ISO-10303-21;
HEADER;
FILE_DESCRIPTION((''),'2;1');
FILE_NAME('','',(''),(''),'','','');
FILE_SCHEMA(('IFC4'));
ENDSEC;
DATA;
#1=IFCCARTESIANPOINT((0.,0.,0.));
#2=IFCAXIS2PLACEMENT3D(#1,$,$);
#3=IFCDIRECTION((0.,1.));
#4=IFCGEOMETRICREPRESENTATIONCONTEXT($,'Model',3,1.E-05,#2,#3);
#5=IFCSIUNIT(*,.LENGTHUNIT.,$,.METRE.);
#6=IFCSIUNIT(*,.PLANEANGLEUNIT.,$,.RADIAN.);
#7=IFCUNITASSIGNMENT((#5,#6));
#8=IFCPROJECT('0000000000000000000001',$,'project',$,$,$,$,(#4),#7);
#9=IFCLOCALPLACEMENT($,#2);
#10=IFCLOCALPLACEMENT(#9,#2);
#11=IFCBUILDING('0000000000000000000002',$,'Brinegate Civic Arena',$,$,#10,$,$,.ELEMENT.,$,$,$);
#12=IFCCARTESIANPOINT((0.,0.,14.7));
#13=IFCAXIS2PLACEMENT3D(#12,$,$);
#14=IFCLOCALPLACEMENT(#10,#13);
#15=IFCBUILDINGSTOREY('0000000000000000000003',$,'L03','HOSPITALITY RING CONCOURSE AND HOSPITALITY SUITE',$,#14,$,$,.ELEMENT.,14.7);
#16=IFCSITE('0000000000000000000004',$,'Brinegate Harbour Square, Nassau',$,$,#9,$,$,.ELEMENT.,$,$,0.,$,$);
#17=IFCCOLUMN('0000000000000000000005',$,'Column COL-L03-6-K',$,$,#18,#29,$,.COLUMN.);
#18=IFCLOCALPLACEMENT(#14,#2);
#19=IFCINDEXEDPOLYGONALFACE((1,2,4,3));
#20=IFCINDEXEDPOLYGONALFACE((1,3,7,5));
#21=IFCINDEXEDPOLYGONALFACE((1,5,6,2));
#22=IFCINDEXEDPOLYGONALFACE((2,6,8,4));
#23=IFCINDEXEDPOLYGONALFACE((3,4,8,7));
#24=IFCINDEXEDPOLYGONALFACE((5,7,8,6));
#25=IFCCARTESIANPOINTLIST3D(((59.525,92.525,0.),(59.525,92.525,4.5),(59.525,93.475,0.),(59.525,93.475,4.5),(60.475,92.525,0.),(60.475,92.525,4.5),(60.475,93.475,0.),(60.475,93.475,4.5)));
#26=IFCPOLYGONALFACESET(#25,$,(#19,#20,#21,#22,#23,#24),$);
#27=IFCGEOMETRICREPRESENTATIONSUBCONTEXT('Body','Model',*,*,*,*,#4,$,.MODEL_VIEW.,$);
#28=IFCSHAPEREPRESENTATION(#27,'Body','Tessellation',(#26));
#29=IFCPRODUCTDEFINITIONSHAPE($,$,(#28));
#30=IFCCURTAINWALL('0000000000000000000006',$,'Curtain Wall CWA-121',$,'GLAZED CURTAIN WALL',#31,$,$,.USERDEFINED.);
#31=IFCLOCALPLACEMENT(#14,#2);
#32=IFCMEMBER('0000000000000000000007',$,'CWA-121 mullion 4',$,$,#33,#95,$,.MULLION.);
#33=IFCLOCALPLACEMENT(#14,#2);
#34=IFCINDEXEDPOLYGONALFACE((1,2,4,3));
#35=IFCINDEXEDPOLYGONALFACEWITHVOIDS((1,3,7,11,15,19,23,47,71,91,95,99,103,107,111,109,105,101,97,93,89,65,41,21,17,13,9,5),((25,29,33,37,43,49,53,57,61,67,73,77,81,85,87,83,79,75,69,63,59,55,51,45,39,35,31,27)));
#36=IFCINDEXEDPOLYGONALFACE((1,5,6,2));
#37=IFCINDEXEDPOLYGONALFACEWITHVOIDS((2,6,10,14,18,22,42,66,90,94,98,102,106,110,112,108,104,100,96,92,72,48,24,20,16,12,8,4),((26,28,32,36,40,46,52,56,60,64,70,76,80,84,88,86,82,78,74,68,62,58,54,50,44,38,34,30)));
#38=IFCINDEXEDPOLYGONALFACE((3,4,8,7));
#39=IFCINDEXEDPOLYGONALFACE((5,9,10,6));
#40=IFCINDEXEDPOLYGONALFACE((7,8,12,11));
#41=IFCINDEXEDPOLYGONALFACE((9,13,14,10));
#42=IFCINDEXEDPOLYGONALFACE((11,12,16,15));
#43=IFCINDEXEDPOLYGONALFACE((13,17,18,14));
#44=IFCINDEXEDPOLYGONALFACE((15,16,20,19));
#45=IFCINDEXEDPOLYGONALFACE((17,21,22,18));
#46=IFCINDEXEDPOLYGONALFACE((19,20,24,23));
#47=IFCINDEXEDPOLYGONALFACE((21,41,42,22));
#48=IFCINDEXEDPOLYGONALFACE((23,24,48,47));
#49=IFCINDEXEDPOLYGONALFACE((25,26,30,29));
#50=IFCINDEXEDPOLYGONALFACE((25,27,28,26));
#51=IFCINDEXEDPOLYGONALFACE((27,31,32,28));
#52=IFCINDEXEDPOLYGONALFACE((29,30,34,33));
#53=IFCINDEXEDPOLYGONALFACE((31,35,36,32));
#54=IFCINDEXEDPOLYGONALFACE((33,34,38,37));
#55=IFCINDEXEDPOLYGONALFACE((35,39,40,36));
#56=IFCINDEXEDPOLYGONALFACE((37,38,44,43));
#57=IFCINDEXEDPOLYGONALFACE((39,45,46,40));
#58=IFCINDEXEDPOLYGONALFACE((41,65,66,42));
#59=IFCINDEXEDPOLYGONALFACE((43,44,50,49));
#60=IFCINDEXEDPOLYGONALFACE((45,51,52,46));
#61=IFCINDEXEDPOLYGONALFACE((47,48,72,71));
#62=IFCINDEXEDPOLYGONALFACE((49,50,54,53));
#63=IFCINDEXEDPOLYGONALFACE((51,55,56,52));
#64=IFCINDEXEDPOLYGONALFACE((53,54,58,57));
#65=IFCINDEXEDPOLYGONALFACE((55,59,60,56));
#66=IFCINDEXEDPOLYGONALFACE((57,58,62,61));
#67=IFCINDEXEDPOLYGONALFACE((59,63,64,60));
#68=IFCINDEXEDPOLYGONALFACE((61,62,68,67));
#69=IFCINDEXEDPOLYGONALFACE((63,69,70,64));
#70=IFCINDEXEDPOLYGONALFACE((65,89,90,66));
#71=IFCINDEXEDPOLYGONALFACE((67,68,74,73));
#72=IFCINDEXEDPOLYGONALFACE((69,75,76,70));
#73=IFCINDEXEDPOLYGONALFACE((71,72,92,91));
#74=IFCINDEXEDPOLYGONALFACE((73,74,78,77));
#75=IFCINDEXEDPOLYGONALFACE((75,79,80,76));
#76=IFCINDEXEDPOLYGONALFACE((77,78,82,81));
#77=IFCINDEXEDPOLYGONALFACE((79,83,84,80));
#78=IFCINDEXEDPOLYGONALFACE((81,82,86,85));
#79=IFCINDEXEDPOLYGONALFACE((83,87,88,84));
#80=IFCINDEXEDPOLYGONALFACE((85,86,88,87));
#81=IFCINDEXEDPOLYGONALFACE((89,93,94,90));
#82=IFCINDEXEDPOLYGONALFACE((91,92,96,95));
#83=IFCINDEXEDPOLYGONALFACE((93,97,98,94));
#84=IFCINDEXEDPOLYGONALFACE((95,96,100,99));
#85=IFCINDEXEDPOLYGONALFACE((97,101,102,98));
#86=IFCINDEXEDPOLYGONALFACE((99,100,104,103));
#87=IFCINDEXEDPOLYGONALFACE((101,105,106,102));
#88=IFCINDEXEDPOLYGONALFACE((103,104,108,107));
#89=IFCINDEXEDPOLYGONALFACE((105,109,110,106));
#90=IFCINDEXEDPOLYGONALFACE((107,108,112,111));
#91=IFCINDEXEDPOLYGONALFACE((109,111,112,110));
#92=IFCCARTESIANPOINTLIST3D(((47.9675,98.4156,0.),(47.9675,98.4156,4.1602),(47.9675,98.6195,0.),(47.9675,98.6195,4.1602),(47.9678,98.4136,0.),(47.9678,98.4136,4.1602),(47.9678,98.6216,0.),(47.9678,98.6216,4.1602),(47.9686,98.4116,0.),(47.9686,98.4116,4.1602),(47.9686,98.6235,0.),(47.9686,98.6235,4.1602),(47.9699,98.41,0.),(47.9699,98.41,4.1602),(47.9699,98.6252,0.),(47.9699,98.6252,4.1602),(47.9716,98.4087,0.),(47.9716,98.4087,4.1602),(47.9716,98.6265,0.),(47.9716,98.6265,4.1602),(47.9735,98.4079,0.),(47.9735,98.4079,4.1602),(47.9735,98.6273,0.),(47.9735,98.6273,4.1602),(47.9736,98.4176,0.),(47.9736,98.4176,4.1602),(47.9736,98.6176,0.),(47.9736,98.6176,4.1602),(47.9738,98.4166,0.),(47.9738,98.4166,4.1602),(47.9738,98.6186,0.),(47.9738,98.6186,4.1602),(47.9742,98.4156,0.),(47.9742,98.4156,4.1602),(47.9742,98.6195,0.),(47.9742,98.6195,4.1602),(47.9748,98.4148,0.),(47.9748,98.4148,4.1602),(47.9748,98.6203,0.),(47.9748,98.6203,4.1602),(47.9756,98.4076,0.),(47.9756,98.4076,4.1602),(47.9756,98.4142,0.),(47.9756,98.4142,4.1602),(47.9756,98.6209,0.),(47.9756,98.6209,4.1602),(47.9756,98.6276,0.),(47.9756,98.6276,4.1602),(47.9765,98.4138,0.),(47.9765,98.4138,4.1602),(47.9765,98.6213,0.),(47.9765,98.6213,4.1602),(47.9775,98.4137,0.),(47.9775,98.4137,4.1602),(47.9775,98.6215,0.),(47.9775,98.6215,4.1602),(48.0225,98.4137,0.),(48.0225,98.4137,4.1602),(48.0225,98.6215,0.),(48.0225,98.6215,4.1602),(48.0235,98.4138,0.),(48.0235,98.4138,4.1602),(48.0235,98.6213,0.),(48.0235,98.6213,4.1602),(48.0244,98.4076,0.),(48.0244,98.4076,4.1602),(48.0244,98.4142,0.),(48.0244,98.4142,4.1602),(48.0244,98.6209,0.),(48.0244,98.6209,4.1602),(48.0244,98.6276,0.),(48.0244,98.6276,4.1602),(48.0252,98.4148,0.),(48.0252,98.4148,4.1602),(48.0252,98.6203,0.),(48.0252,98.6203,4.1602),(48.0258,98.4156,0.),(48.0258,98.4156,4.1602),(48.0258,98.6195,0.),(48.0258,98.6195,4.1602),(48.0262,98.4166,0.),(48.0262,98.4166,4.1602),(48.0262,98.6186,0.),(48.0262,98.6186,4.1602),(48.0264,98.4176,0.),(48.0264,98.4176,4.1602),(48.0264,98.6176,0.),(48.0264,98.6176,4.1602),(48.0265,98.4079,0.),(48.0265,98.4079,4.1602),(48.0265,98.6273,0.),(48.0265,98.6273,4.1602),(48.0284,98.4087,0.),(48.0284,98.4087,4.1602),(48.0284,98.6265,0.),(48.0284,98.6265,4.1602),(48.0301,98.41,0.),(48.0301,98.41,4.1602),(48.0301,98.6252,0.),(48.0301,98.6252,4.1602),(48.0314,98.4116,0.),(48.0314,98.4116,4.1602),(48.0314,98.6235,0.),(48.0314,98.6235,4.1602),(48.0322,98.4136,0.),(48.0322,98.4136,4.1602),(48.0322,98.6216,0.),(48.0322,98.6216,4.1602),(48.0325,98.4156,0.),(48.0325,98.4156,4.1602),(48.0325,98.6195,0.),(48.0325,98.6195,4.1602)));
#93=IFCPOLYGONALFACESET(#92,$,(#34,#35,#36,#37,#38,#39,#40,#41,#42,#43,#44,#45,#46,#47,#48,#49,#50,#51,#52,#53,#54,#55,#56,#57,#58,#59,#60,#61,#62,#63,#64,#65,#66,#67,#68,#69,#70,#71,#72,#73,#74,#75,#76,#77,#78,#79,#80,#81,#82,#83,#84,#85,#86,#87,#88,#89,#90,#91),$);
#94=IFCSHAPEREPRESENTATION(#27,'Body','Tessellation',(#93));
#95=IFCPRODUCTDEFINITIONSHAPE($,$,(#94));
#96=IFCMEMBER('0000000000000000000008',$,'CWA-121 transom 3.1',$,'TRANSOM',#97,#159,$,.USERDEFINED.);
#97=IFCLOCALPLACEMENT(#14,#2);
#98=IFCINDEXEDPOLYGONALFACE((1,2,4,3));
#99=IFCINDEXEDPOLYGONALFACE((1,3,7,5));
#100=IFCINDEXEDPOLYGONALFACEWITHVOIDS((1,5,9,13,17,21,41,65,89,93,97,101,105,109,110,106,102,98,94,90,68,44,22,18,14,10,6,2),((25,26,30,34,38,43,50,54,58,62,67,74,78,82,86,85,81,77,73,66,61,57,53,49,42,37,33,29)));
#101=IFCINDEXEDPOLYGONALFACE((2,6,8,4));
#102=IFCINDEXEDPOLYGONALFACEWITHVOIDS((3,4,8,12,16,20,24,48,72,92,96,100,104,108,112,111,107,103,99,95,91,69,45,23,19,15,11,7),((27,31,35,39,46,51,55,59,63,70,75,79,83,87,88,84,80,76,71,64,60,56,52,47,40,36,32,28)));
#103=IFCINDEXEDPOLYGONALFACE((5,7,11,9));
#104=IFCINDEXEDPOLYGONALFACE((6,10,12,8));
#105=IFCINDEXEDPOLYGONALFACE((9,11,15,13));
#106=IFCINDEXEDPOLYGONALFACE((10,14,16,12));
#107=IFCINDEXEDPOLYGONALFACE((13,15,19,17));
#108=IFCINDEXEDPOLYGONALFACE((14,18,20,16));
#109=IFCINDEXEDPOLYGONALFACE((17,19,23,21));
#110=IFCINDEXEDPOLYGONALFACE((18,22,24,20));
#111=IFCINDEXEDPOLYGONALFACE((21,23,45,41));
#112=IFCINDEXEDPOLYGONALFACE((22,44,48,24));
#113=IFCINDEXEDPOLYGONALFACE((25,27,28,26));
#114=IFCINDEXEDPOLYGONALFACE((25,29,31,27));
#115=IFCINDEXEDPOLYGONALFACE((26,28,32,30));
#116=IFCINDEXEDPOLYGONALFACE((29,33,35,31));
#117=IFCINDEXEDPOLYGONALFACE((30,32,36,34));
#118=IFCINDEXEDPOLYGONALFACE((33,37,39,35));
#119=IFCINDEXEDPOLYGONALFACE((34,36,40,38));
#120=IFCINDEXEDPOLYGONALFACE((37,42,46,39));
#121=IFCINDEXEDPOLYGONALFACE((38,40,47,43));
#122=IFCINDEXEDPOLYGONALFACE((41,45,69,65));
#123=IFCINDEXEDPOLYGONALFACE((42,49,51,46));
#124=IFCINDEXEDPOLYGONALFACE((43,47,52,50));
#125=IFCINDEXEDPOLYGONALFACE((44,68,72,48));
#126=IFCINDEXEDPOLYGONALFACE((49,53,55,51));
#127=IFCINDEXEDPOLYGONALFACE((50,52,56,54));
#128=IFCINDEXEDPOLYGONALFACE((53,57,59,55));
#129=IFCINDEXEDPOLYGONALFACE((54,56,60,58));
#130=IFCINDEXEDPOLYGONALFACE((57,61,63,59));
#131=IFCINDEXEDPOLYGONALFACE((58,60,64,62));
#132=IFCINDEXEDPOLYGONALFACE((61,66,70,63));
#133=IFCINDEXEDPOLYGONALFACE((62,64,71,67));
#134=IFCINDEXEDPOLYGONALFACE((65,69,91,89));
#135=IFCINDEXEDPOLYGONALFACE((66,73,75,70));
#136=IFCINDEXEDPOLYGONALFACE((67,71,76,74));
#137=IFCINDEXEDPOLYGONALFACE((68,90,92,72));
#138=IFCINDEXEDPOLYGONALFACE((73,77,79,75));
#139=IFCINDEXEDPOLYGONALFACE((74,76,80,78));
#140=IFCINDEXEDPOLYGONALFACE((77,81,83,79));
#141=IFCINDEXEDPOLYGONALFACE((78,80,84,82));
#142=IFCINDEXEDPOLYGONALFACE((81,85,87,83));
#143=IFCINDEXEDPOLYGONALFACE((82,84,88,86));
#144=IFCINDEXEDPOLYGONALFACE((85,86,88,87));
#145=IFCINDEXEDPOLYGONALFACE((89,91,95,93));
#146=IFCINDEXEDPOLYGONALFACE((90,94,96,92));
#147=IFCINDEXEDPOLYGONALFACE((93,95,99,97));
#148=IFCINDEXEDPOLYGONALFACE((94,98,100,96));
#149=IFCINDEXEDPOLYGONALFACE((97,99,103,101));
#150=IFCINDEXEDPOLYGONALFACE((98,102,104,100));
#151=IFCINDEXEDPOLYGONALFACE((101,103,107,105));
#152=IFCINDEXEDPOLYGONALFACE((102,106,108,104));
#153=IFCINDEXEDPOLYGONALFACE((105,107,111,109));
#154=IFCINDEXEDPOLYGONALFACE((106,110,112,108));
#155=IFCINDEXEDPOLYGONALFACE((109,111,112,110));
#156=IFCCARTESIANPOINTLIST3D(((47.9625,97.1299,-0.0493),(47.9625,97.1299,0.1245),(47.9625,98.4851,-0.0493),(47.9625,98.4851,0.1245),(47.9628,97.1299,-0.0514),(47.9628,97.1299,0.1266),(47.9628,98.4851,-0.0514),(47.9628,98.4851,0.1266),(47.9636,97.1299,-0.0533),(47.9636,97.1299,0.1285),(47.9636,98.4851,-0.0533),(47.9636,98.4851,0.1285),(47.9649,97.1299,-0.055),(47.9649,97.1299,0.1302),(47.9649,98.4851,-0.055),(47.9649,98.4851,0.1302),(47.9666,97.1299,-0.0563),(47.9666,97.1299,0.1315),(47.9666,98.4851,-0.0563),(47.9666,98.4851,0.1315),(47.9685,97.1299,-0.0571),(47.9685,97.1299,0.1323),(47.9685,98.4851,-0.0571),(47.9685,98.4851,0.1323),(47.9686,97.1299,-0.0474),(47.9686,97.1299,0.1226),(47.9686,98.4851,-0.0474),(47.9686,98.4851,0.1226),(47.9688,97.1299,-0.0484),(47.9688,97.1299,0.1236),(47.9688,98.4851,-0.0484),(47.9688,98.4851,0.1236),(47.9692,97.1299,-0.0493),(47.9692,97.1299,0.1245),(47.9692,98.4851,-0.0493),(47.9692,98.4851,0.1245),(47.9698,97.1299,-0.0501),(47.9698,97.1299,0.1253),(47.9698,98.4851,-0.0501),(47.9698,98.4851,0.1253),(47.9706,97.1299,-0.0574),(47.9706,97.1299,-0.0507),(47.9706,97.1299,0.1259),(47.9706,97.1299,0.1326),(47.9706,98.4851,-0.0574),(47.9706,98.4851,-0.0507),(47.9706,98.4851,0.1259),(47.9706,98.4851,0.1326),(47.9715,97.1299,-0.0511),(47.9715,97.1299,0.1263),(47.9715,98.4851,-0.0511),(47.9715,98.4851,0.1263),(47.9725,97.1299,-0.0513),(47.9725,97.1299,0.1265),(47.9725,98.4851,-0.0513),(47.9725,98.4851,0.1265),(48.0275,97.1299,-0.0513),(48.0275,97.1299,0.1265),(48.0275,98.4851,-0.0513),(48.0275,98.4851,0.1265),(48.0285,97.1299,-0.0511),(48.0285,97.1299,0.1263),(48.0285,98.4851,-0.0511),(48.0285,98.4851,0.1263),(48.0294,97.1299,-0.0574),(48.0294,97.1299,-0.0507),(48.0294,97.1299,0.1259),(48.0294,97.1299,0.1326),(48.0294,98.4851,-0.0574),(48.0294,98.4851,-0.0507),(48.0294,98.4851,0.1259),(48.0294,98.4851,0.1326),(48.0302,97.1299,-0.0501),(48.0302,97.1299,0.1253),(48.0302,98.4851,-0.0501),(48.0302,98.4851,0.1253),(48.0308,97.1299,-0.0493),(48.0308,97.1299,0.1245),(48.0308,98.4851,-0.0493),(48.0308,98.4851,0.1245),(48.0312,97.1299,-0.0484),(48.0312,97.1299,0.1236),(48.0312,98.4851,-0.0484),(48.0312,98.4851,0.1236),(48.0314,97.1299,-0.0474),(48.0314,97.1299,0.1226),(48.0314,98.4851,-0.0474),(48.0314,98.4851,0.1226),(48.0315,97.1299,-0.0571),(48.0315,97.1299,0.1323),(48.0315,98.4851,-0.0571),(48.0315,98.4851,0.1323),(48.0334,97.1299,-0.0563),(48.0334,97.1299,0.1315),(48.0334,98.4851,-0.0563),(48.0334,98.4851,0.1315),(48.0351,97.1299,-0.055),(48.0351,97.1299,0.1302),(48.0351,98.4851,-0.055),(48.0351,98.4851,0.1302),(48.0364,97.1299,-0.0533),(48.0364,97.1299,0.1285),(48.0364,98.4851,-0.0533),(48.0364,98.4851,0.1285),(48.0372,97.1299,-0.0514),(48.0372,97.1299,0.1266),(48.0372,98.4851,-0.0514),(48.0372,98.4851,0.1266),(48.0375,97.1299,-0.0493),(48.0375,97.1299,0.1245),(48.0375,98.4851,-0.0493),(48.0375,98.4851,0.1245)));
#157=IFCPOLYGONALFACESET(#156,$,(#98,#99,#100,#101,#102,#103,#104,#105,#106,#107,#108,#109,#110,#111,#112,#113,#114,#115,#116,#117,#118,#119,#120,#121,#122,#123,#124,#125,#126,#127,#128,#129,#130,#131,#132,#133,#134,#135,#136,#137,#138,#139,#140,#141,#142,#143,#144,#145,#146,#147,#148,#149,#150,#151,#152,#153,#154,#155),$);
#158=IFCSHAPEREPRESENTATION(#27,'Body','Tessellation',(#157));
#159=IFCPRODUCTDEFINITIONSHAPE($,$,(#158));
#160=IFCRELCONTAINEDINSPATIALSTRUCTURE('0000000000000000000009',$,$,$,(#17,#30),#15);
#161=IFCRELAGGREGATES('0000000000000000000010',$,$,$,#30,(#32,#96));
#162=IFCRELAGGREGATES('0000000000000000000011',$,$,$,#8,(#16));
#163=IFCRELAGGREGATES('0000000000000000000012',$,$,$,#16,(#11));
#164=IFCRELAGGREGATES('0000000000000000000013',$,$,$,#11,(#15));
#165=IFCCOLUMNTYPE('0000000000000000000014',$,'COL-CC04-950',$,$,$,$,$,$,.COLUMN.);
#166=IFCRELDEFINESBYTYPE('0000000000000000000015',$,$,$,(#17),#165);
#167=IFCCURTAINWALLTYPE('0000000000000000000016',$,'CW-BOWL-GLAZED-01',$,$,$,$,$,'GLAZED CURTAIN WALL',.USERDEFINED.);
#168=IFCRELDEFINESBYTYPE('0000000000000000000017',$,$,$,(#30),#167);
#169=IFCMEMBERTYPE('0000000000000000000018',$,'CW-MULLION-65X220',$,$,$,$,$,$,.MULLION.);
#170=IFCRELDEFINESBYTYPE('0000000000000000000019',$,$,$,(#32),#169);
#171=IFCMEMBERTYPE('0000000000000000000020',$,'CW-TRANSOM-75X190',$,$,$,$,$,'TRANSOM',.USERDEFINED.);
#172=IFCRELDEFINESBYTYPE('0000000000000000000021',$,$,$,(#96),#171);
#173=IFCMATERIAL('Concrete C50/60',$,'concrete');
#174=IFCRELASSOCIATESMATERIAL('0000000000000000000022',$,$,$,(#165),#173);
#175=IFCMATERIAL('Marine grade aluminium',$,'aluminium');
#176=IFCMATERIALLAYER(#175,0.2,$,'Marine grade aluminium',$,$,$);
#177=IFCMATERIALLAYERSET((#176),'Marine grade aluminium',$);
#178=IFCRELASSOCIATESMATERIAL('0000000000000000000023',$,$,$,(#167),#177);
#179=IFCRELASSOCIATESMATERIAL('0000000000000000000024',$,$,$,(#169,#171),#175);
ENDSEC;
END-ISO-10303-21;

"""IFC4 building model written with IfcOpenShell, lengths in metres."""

from ifc_helpers import new_model, si_unit, direction, frame, origin, origin_2d, place, context, subcontext, project, spatial, rectangle, hollow_rectangle, extrude, material, layer, layer_set, material_profile, profile_set, type_object, element, aggregate, save


model = new_model("IFC4")

# Units and contexts
model_context = context("Model", 3, precision=1e-05, world=origin(), true_north=direction((0.0, 1.0)))
body_context = subcontext(model_context, "Body", "Model", "MODEL_VIEW")
ifc_project = project(units=[si_unit("LENGTHUNIT", "METRE"), si_unit("PLANEANGLEUNIT", "RADIAN")], contexts=[model_context])

# Site, building, storey
site_placement = place(None, origin())
site = spatial("IfcSite", under=ifc_project, at=site_placement, Name="Brinegate Harbour Square, Nassau", CompositionType="ELEMENT", RefElevation=0.0)
building_placement = place(site_placement, origin())
building = spatial("IfcBuilding", under=site, at=building_placement, Name="Brinegate Civic Arena", CompositionType="ELEMENT")
storey_placement = place(building_placement, frame((0.0, 0.0, 14.7)))
storey = spatial("IfcBuildingStorey", under=building, at=storey_placement, Name="L03", Description="HOSPITALITY RING CONCOURSE AND HOSPITALITY SUITE", CompositionType="ELEMENT", Elevation=14.7)

# Column
ifc_material_1 = material(Name="Concrete C50/60", Category="concrete")
ifc_material_profile_1 = material_profile(ifc_material_1, rectangle(XDim=0.95, YDim=0.95, at=origin_2d()), Name="RC950X950")
ifc_profile_set_1 = profile_set([ifc_material_profile_1], Name="Concrete C50/60")
column_type = type_object("IfcColumnType", Name="COL-CC04-950", PredefinedType="COLUMN", material=ifc_profile_set_1)
column_placement = place(storey_placement, frame((60.0, 93.0, 0.0), z_axis=(0.0, 0.0, 1.0), x_axis=(1.0, 0.0, 0.0)))
element("IfcColumn", 1, at=column_placement, inside=storey, type_object=column_type, Name="Column COL-L03-6-K", PredefinedType="COLUMN", context=body_context, shape_type="SweptSolid", body=[
    extrude(rectangle(XDim=0.95, YDim=0.95, at=origin_2d()), origin(), (0.0, 0.0, 1.0), 4.5),
])

# Curtain wall, members
ifc_material_2 = material(Name="Marine grade aluminium", Category="aluminium")
ifc_layer_1 = layer(ifc_material_2, 0.2, Name="Marine grade aluminium")
ifc_layer_set_1 = layer_set([ifc_layer_1], Name="Marine grade aluminium")
curtain_wall_type = type_object("IfcCurtainWallType", Name="CW-BOWL-GLAZED-01", ElementType="GLAZED CURTAIN WALL", PredefinedType="USERDEFINED", material=ifc_layer_set_1)
curtain_wall_placement = place(storey_placement, origin())
curtain_wall = element("IfcCurtainWall", 2, at=curtain_wall_placement, inside=storey, type_object=curtain_wall_type, Name="Curtain Wall CWA-121", ObjectType="GLAZED CURTAIN WALL", PredefinedType="USERDEFINED")
ifc_material_profile_2 = material_profile(ifc_material_2, hollow_rectangle(XDim=0.0649, YDim=0.22, WallThickness=0.0061, InnerFilletRadius=0.0039, OuterFilletRadius=0.0081, at=origin_2d()), Name="MUL65X220")
ifc_profile_set_2 = profile_set([ifc_material_profile_2], Name="Marine grade aluminium")
member_type_1 = type_object("IfcMemberType", Name="CW-MULLION-65X220", PredefinedType="MULLION", material=ifc_profile_set_2)
member_1_placement = place(storey_placement, frame((48.0, 98.5176, 0.0), z_axis=(0.0, 0.0, 1.0), x_axis=(-1.0, 0.0, 0.0)))
member_1 = element("IfcMember", 3, at=member_1_placement, type_object=member_type_1, Name="CWA-121 mullion 4", PredefinedType="MULLION", context=body_context, shape_type="SweptSolid", body=[
    extrude(hollow_rectangle(XDim=0.0649, YDim=0.22, WallThickness=0.0061, InnerFilletRadius=0.0039, OuterFilletRadius=0.0081, at=origin_2d()), origin(), (0.0, 0.0, 1.0), 4.1602),
])
ifc_material_profile_3 = material_profile(ifc_material_2, hollow_rectangle(XDim=0.075, YDim=0.1899, WallThickness=0.0061, InnerFilletRadius=0.0039, OuterFilletRadius=0.0081, at=origin_2d()), Name="TRN75X190")
ifc_profile_set_3 = profile_set([ifc_material_profile_3], Name="Marine grade aluminium")
member_type_2 = type_object("IfcMemberType", Name="CW-TRANSOM-75X190", ElementType="TRANSOM", PredefinedType="USERDEFINED", material=ifc_profile_set_3)
member_2_placement = place(storey_placement, frame((48.0, 97.1299, 0.0376), z_axis=(0.0, 1.0, 0.0), x_axis=(-1.0, 0.0, 0.0)))
member_2 = element("IfcMember", 4, at=member_2_placement, type_object=member_type_2, Name="CWA-121 transom 3.1", ObjectType="TRANSOM", PredefinedType="USERDEFINED", context=body_context, shape_type="SweptSolid", body=[
    extrude(hollow_rectangle(XDim=0.075, YDim=0.1899, WallThickness=0.0061, InnerFilletRadius=0.0039, OuterFilletRadius=0.0081, at=origin_2d()), origin(), (0.0, 0.0, 1.0), 1.3552),
])

aggregate(curtain_wall, [member_1, member_2])

save(model, "model.ifc")
